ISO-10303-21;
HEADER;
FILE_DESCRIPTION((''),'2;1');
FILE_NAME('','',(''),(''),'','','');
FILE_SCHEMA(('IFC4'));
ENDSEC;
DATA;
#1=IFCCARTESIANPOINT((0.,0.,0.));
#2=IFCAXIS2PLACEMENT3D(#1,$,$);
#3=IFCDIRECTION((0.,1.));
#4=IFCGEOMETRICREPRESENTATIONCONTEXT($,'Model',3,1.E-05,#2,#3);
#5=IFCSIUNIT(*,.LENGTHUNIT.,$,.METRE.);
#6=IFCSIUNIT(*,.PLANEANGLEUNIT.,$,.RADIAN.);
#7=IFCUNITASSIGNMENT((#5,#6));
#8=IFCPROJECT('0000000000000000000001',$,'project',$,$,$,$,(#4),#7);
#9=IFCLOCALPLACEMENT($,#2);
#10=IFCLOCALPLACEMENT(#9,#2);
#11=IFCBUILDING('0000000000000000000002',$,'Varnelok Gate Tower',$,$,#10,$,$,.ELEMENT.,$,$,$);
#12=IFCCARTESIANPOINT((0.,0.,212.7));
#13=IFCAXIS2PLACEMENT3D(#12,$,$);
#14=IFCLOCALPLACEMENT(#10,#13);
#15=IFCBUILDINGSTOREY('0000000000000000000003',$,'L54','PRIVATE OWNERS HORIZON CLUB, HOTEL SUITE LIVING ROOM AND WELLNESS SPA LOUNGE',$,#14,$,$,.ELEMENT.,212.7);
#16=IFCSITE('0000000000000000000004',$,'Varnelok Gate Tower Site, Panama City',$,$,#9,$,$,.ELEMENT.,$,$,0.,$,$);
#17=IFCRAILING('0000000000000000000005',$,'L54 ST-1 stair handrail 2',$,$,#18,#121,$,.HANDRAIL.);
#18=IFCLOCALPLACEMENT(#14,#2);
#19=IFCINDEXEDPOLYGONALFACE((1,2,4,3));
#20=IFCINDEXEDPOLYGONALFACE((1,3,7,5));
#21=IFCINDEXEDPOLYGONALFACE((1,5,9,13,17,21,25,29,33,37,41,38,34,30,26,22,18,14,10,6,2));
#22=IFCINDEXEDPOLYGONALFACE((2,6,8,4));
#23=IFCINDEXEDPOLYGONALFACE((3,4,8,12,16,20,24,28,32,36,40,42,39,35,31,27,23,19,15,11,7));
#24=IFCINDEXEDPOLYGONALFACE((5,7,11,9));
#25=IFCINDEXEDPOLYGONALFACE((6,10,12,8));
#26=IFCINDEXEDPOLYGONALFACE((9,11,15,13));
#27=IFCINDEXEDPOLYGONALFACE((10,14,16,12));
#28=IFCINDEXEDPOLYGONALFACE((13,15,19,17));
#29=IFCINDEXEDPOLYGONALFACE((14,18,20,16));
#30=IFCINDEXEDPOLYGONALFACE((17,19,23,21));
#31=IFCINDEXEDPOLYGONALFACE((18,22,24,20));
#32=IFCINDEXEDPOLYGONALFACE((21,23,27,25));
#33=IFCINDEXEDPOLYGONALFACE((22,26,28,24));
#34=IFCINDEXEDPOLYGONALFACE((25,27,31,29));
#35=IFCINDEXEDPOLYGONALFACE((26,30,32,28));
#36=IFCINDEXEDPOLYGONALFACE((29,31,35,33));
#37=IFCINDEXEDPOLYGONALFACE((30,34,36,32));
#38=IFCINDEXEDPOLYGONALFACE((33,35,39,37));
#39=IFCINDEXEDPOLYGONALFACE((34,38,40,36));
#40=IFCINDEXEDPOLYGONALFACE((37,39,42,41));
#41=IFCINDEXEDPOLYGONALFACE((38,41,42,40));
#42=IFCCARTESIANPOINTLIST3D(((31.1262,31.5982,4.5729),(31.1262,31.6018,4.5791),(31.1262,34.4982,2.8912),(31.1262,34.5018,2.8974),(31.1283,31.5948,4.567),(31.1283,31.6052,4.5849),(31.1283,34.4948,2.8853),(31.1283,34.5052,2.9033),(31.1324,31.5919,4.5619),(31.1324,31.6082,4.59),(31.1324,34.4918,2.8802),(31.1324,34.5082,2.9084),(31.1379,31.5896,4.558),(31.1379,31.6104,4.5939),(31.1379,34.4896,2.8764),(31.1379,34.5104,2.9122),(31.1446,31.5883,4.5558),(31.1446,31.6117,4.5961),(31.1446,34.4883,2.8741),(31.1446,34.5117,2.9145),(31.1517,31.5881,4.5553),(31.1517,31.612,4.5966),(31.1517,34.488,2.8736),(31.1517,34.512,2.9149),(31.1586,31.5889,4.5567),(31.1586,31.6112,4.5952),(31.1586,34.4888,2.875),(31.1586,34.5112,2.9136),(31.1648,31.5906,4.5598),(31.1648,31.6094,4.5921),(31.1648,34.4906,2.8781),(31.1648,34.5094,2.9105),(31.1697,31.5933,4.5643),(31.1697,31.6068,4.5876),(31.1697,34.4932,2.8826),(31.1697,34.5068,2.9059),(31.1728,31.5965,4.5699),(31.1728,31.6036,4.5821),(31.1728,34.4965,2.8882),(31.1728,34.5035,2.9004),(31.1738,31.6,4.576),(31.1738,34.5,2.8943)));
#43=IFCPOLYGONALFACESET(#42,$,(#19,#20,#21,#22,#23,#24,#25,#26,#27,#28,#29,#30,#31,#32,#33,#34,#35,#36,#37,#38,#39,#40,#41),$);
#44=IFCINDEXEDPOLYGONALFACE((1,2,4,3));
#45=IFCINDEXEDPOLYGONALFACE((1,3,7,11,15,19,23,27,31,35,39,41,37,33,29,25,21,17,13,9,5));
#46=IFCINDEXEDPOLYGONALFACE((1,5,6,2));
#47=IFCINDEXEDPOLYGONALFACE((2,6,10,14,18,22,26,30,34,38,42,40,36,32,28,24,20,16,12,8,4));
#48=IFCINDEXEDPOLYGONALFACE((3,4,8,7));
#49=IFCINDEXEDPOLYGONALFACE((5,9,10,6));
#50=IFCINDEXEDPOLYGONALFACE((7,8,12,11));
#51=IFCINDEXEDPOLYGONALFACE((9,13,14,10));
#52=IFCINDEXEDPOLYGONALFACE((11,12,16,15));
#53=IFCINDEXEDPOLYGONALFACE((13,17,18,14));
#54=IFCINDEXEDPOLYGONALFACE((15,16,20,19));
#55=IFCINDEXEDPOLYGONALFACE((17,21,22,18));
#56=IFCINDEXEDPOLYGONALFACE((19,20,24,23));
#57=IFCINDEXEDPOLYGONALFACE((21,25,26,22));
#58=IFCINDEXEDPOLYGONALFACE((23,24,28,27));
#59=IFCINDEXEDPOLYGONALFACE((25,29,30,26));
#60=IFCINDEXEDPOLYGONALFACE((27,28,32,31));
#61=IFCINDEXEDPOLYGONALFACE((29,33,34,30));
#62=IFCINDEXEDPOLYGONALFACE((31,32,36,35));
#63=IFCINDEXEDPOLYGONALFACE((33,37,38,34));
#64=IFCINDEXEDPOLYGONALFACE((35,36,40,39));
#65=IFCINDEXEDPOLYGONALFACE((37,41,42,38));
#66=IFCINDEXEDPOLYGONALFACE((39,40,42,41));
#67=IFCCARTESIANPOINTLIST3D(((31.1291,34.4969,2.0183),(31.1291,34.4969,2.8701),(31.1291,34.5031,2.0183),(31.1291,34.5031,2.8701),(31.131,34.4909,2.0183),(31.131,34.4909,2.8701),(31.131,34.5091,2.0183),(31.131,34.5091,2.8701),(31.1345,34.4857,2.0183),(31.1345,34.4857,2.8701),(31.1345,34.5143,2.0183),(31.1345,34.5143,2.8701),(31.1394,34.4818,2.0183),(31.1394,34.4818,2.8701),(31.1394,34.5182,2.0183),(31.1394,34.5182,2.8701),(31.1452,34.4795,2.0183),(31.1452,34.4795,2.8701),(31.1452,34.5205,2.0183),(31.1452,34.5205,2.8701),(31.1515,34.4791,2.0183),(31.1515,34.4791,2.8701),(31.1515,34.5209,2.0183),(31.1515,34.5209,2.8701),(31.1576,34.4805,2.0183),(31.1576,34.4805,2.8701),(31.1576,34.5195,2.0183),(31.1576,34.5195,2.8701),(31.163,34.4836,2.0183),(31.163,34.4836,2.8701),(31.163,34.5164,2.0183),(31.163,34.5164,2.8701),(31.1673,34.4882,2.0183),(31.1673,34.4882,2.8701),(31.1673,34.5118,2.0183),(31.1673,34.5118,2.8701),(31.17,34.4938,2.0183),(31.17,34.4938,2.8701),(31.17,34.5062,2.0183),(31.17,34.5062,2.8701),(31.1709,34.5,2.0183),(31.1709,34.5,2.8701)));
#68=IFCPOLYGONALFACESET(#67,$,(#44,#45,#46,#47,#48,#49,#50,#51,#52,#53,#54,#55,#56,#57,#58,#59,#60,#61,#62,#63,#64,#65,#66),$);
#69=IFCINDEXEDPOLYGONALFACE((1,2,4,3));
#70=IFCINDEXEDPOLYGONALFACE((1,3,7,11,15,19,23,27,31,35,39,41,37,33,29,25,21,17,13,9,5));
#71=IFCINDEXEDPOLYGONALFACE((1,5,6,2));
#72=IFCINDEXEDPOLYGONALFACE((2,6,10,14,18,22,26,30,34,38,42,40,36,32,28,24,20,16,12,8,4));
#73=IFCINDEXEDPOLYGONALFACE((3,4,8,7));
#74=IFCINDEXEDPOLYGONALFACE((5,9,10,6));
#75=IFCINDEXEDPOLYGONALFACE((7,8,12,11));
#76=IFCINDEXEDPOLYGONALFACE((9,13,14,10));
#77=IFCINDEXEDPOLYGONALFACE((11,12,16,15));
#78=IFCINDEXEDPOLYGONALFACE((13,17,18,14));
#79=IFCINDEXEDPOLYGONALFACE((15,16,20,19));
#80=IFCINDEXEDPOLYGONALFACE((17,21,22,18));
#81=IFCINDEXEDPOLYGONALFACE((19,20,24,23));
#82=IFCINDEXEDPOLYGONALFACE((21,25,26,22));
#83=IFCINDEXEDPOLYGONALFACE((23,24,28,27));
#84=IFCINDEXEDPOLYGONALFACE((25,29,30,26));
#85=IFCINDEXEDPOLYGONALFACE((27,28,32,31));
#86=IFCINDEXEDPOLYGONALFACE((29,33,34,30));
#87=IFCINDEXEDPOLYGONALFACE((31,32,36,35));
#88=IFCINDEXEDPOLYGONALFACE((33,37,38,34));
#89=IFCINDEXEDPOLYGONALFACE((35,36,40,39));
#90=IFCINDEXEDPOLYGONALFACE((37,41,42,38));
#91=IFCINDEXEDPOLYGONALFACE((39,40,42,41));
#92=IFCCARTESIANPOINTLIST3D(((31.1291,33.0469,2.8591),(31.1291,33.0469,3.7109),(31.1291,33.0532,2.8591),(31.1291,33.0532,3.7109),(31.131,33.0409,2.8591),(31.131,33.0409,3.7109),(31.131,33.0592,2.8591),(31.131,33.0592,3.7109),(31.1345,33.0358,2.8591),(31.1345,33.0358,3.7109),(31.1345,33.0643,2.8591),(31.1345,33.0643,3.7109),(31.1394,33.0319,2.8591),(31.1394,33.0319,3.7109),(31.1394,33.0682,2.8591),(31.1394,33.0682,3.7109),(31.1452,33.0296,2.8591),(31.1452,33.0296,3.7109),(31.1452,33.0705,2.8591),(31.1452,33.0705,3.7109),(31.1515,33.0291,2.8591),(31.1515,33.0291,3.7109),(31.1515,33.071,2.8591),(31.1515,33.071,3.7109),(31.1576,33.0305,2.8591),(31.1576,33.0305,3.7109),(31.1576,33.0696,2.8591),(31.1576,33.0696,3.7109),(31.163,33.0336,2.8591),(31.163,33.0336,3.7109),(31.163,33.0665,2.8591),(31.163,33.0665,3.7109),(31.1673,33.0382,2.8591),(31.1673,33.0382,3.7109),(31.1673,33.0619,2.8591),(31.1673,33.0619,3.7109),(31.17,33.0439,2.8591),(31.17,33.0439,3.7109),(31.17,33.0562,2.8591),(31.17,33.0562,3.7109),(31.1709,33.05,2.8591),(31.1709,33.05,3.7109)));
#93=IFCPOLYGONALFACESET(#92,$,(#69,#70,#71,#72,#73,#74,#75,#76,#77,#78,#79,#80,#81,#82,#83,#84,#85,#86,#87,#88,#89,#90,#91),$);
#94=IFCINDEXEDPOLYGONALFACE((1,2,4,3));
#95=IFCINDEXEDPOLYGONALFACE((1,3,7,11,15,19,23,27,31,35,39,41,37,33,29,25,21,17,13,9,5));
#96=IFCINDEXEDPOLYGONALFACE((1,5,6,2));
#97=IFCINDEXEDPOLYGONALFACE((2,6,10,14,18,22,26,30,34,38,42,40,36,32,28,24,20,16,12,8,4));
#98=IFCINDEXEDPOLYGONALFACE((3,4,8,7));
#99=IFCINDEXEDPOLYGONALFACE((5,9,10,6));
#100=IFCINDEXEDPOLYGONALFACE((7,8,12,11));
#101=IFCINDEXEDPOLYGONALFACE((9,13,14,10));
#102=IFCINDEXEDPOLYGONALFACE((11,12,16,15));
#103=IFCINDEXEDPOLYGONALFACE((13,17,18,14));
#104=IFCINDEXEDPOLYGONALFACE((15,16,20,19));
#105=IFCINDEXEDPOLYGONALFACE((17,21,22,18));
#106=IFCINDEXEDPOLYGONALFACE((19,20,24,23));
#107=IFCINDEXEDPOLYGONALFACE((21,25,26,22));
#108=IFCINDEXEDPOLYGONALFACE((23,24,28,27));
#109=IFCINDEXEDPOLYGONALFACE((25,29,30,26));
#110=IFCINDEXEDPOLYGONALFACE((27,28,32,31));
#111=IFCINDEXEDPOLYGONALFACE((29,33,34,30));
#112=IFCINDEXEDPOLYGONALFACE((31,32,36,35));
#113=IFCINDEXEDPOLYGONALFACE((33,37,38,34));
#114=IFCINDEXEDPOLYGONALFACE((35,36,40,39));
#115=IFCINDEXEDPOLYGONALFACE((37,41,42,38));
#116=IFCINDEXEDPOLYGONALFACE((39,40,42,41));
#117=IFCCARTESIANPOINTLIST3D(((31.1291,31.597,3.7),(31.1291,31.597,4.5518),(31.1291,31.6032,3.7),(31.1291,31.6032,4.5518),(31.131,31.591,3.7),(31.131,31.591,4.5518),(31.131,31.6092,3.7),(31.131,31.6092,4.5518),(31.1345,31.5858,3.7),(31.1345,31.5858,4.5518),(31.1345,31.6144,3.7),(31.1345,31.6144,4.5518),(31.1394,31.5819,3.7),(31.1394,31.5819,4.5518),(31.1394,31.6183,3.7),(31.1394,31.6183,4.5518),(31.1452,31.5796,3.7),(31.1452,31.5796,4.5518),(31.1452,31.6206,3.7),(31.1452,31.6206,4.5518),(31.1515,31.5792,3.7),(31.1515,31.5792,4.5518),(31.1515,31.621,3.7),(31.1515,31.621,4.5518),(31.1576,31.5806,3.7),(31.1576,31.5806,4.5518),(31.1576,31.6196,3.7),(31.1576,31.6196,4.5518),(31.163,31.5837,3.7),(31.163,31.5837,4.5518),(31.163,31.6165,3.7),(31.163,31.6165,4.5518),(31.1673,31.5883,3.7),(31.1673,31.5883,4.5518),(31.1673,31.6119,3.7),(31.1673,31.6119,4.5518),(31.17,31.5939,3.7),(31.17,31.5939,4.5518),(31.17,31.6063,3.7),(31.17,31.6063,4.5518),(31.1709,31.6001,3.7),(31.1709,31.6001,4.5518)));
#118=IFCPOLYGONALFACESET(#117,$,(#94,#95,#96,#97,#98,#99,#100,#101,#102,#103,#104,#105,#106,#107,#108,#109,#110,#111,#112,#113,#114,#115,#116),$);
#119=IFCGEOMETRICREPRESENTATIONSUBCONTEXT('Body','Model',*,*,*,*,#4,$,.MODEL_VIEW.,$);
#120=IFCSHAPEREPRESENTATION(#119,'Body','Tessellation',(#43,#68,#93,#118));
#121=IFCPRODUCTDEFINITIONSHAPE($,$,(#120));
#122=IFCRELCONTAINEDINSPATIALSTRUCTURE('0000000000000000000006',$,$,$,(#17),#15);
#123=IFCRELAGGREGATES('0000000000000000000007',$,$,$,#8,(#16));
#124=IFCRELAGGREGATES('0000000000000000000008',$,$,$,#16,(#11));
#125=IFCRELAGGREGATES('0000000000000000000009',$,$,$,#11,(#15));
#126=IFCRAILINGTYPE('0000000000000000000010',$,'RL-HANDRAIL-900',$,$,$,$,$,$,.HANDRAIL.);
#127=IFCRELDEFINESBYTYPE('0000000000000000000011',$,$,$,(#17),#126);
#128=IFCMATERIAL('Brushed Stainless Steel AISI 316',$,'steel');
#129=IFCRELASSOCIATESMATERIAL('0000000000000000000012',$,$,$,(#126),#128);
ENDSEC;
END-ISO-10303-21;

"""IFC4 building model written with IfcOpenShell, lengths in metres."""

from ifc_helpers import new_model, si_unit, direction, frame, origin, origin_2d, place, context, subcontext, project, spatial, circle, extrude, material, type_object, element, save


model = new_model("IFC4")

# Units and contexts
model_context = context("Model", 3, precision=1e-05, world=origin(), true_north=direction((0.0, 1.0)))
body_context = subcontext(model_context, "Body", "Model", "MODEL_VIEW")
ifc_project = project(units=[si_unit("LENGTHUNIT", "METRE"), si_unit("PLANEANGLEUNIT", "RADIAN")], contexts=[model_context])

# Site, building, storey
site_placement = place(None, origin())
site = spatial("IfcSite", under=ifc_project, at=site_placement, Name="Varnelok Gate Tower Site, Panama City", CompositionType="ELEMENT", RefElevation=0.0)
building_placement = place(site_placement, origin())
building = spatial("IfcBuilding", under=site, at=building_placement, Name="Varnelok Gate Tower", CompositionType="ELEMENT")
storey_placement = place(building_placement, frame((0.0, 0.0, 212.7)))
storey = spatial("IfcBuildingStorey", under=building, at=storey_placement, Name="L54", Description="PRIVATE OWNERS HORIZON CLUB, HOTEL SUITE LIVING ROOM AND WELLNESS SPA LOUNGE", CompositionType="ELEMENT", Elevation=212.7)

# Railing
ifc_material_1 = material(Name="Brushed Stainless Steel AISI 316", Category="steel")
railing_type_1 = type_object("IfcRailingType", Name="RL-HANDRAIL-900", PredefinedType="HANDRAIL", material=ifc_material_1)
railing_1_placement = place(storey_placement, frame((31.1499, 34.5, 2.0183)))
element("IfcRailing", 1, at=railing_1_placement, inside=storey, type_object=railing_type_1, Name="L54 ST-1 stair handrail 2", PredefinedType="HANDRAIL", context=body_context, shape_type="SweptSolid", body=[
    extrude(circle(Radius=0.0239, at=origin_2d()), frame((0.0, 0.0, 0.876), z_axis=(0.0, -0.86507, 0.501651), x_axis=(1.0, 0.0, 0.0)), (0.0, 0.0, 1.0), 3.3523),
    extrude(circle(Radius=0.021, at=origin_2d()), origin(), (0.0, 0.0, 1.0), 0.8518),
    extrude(circle(Radius=0.021, at=origin_2d()), frame((0.0, -1.45, 0.8408)), (0.0, 0.0, 1.0), 0.8518),
    extrude(circle(Radius=0.021, at=origin_2d()), frame((0.0, -2.8999, 1.6816)), (0.0, 0.0, 1.0), 0.8518),
])

save(model, "model.ifc")
